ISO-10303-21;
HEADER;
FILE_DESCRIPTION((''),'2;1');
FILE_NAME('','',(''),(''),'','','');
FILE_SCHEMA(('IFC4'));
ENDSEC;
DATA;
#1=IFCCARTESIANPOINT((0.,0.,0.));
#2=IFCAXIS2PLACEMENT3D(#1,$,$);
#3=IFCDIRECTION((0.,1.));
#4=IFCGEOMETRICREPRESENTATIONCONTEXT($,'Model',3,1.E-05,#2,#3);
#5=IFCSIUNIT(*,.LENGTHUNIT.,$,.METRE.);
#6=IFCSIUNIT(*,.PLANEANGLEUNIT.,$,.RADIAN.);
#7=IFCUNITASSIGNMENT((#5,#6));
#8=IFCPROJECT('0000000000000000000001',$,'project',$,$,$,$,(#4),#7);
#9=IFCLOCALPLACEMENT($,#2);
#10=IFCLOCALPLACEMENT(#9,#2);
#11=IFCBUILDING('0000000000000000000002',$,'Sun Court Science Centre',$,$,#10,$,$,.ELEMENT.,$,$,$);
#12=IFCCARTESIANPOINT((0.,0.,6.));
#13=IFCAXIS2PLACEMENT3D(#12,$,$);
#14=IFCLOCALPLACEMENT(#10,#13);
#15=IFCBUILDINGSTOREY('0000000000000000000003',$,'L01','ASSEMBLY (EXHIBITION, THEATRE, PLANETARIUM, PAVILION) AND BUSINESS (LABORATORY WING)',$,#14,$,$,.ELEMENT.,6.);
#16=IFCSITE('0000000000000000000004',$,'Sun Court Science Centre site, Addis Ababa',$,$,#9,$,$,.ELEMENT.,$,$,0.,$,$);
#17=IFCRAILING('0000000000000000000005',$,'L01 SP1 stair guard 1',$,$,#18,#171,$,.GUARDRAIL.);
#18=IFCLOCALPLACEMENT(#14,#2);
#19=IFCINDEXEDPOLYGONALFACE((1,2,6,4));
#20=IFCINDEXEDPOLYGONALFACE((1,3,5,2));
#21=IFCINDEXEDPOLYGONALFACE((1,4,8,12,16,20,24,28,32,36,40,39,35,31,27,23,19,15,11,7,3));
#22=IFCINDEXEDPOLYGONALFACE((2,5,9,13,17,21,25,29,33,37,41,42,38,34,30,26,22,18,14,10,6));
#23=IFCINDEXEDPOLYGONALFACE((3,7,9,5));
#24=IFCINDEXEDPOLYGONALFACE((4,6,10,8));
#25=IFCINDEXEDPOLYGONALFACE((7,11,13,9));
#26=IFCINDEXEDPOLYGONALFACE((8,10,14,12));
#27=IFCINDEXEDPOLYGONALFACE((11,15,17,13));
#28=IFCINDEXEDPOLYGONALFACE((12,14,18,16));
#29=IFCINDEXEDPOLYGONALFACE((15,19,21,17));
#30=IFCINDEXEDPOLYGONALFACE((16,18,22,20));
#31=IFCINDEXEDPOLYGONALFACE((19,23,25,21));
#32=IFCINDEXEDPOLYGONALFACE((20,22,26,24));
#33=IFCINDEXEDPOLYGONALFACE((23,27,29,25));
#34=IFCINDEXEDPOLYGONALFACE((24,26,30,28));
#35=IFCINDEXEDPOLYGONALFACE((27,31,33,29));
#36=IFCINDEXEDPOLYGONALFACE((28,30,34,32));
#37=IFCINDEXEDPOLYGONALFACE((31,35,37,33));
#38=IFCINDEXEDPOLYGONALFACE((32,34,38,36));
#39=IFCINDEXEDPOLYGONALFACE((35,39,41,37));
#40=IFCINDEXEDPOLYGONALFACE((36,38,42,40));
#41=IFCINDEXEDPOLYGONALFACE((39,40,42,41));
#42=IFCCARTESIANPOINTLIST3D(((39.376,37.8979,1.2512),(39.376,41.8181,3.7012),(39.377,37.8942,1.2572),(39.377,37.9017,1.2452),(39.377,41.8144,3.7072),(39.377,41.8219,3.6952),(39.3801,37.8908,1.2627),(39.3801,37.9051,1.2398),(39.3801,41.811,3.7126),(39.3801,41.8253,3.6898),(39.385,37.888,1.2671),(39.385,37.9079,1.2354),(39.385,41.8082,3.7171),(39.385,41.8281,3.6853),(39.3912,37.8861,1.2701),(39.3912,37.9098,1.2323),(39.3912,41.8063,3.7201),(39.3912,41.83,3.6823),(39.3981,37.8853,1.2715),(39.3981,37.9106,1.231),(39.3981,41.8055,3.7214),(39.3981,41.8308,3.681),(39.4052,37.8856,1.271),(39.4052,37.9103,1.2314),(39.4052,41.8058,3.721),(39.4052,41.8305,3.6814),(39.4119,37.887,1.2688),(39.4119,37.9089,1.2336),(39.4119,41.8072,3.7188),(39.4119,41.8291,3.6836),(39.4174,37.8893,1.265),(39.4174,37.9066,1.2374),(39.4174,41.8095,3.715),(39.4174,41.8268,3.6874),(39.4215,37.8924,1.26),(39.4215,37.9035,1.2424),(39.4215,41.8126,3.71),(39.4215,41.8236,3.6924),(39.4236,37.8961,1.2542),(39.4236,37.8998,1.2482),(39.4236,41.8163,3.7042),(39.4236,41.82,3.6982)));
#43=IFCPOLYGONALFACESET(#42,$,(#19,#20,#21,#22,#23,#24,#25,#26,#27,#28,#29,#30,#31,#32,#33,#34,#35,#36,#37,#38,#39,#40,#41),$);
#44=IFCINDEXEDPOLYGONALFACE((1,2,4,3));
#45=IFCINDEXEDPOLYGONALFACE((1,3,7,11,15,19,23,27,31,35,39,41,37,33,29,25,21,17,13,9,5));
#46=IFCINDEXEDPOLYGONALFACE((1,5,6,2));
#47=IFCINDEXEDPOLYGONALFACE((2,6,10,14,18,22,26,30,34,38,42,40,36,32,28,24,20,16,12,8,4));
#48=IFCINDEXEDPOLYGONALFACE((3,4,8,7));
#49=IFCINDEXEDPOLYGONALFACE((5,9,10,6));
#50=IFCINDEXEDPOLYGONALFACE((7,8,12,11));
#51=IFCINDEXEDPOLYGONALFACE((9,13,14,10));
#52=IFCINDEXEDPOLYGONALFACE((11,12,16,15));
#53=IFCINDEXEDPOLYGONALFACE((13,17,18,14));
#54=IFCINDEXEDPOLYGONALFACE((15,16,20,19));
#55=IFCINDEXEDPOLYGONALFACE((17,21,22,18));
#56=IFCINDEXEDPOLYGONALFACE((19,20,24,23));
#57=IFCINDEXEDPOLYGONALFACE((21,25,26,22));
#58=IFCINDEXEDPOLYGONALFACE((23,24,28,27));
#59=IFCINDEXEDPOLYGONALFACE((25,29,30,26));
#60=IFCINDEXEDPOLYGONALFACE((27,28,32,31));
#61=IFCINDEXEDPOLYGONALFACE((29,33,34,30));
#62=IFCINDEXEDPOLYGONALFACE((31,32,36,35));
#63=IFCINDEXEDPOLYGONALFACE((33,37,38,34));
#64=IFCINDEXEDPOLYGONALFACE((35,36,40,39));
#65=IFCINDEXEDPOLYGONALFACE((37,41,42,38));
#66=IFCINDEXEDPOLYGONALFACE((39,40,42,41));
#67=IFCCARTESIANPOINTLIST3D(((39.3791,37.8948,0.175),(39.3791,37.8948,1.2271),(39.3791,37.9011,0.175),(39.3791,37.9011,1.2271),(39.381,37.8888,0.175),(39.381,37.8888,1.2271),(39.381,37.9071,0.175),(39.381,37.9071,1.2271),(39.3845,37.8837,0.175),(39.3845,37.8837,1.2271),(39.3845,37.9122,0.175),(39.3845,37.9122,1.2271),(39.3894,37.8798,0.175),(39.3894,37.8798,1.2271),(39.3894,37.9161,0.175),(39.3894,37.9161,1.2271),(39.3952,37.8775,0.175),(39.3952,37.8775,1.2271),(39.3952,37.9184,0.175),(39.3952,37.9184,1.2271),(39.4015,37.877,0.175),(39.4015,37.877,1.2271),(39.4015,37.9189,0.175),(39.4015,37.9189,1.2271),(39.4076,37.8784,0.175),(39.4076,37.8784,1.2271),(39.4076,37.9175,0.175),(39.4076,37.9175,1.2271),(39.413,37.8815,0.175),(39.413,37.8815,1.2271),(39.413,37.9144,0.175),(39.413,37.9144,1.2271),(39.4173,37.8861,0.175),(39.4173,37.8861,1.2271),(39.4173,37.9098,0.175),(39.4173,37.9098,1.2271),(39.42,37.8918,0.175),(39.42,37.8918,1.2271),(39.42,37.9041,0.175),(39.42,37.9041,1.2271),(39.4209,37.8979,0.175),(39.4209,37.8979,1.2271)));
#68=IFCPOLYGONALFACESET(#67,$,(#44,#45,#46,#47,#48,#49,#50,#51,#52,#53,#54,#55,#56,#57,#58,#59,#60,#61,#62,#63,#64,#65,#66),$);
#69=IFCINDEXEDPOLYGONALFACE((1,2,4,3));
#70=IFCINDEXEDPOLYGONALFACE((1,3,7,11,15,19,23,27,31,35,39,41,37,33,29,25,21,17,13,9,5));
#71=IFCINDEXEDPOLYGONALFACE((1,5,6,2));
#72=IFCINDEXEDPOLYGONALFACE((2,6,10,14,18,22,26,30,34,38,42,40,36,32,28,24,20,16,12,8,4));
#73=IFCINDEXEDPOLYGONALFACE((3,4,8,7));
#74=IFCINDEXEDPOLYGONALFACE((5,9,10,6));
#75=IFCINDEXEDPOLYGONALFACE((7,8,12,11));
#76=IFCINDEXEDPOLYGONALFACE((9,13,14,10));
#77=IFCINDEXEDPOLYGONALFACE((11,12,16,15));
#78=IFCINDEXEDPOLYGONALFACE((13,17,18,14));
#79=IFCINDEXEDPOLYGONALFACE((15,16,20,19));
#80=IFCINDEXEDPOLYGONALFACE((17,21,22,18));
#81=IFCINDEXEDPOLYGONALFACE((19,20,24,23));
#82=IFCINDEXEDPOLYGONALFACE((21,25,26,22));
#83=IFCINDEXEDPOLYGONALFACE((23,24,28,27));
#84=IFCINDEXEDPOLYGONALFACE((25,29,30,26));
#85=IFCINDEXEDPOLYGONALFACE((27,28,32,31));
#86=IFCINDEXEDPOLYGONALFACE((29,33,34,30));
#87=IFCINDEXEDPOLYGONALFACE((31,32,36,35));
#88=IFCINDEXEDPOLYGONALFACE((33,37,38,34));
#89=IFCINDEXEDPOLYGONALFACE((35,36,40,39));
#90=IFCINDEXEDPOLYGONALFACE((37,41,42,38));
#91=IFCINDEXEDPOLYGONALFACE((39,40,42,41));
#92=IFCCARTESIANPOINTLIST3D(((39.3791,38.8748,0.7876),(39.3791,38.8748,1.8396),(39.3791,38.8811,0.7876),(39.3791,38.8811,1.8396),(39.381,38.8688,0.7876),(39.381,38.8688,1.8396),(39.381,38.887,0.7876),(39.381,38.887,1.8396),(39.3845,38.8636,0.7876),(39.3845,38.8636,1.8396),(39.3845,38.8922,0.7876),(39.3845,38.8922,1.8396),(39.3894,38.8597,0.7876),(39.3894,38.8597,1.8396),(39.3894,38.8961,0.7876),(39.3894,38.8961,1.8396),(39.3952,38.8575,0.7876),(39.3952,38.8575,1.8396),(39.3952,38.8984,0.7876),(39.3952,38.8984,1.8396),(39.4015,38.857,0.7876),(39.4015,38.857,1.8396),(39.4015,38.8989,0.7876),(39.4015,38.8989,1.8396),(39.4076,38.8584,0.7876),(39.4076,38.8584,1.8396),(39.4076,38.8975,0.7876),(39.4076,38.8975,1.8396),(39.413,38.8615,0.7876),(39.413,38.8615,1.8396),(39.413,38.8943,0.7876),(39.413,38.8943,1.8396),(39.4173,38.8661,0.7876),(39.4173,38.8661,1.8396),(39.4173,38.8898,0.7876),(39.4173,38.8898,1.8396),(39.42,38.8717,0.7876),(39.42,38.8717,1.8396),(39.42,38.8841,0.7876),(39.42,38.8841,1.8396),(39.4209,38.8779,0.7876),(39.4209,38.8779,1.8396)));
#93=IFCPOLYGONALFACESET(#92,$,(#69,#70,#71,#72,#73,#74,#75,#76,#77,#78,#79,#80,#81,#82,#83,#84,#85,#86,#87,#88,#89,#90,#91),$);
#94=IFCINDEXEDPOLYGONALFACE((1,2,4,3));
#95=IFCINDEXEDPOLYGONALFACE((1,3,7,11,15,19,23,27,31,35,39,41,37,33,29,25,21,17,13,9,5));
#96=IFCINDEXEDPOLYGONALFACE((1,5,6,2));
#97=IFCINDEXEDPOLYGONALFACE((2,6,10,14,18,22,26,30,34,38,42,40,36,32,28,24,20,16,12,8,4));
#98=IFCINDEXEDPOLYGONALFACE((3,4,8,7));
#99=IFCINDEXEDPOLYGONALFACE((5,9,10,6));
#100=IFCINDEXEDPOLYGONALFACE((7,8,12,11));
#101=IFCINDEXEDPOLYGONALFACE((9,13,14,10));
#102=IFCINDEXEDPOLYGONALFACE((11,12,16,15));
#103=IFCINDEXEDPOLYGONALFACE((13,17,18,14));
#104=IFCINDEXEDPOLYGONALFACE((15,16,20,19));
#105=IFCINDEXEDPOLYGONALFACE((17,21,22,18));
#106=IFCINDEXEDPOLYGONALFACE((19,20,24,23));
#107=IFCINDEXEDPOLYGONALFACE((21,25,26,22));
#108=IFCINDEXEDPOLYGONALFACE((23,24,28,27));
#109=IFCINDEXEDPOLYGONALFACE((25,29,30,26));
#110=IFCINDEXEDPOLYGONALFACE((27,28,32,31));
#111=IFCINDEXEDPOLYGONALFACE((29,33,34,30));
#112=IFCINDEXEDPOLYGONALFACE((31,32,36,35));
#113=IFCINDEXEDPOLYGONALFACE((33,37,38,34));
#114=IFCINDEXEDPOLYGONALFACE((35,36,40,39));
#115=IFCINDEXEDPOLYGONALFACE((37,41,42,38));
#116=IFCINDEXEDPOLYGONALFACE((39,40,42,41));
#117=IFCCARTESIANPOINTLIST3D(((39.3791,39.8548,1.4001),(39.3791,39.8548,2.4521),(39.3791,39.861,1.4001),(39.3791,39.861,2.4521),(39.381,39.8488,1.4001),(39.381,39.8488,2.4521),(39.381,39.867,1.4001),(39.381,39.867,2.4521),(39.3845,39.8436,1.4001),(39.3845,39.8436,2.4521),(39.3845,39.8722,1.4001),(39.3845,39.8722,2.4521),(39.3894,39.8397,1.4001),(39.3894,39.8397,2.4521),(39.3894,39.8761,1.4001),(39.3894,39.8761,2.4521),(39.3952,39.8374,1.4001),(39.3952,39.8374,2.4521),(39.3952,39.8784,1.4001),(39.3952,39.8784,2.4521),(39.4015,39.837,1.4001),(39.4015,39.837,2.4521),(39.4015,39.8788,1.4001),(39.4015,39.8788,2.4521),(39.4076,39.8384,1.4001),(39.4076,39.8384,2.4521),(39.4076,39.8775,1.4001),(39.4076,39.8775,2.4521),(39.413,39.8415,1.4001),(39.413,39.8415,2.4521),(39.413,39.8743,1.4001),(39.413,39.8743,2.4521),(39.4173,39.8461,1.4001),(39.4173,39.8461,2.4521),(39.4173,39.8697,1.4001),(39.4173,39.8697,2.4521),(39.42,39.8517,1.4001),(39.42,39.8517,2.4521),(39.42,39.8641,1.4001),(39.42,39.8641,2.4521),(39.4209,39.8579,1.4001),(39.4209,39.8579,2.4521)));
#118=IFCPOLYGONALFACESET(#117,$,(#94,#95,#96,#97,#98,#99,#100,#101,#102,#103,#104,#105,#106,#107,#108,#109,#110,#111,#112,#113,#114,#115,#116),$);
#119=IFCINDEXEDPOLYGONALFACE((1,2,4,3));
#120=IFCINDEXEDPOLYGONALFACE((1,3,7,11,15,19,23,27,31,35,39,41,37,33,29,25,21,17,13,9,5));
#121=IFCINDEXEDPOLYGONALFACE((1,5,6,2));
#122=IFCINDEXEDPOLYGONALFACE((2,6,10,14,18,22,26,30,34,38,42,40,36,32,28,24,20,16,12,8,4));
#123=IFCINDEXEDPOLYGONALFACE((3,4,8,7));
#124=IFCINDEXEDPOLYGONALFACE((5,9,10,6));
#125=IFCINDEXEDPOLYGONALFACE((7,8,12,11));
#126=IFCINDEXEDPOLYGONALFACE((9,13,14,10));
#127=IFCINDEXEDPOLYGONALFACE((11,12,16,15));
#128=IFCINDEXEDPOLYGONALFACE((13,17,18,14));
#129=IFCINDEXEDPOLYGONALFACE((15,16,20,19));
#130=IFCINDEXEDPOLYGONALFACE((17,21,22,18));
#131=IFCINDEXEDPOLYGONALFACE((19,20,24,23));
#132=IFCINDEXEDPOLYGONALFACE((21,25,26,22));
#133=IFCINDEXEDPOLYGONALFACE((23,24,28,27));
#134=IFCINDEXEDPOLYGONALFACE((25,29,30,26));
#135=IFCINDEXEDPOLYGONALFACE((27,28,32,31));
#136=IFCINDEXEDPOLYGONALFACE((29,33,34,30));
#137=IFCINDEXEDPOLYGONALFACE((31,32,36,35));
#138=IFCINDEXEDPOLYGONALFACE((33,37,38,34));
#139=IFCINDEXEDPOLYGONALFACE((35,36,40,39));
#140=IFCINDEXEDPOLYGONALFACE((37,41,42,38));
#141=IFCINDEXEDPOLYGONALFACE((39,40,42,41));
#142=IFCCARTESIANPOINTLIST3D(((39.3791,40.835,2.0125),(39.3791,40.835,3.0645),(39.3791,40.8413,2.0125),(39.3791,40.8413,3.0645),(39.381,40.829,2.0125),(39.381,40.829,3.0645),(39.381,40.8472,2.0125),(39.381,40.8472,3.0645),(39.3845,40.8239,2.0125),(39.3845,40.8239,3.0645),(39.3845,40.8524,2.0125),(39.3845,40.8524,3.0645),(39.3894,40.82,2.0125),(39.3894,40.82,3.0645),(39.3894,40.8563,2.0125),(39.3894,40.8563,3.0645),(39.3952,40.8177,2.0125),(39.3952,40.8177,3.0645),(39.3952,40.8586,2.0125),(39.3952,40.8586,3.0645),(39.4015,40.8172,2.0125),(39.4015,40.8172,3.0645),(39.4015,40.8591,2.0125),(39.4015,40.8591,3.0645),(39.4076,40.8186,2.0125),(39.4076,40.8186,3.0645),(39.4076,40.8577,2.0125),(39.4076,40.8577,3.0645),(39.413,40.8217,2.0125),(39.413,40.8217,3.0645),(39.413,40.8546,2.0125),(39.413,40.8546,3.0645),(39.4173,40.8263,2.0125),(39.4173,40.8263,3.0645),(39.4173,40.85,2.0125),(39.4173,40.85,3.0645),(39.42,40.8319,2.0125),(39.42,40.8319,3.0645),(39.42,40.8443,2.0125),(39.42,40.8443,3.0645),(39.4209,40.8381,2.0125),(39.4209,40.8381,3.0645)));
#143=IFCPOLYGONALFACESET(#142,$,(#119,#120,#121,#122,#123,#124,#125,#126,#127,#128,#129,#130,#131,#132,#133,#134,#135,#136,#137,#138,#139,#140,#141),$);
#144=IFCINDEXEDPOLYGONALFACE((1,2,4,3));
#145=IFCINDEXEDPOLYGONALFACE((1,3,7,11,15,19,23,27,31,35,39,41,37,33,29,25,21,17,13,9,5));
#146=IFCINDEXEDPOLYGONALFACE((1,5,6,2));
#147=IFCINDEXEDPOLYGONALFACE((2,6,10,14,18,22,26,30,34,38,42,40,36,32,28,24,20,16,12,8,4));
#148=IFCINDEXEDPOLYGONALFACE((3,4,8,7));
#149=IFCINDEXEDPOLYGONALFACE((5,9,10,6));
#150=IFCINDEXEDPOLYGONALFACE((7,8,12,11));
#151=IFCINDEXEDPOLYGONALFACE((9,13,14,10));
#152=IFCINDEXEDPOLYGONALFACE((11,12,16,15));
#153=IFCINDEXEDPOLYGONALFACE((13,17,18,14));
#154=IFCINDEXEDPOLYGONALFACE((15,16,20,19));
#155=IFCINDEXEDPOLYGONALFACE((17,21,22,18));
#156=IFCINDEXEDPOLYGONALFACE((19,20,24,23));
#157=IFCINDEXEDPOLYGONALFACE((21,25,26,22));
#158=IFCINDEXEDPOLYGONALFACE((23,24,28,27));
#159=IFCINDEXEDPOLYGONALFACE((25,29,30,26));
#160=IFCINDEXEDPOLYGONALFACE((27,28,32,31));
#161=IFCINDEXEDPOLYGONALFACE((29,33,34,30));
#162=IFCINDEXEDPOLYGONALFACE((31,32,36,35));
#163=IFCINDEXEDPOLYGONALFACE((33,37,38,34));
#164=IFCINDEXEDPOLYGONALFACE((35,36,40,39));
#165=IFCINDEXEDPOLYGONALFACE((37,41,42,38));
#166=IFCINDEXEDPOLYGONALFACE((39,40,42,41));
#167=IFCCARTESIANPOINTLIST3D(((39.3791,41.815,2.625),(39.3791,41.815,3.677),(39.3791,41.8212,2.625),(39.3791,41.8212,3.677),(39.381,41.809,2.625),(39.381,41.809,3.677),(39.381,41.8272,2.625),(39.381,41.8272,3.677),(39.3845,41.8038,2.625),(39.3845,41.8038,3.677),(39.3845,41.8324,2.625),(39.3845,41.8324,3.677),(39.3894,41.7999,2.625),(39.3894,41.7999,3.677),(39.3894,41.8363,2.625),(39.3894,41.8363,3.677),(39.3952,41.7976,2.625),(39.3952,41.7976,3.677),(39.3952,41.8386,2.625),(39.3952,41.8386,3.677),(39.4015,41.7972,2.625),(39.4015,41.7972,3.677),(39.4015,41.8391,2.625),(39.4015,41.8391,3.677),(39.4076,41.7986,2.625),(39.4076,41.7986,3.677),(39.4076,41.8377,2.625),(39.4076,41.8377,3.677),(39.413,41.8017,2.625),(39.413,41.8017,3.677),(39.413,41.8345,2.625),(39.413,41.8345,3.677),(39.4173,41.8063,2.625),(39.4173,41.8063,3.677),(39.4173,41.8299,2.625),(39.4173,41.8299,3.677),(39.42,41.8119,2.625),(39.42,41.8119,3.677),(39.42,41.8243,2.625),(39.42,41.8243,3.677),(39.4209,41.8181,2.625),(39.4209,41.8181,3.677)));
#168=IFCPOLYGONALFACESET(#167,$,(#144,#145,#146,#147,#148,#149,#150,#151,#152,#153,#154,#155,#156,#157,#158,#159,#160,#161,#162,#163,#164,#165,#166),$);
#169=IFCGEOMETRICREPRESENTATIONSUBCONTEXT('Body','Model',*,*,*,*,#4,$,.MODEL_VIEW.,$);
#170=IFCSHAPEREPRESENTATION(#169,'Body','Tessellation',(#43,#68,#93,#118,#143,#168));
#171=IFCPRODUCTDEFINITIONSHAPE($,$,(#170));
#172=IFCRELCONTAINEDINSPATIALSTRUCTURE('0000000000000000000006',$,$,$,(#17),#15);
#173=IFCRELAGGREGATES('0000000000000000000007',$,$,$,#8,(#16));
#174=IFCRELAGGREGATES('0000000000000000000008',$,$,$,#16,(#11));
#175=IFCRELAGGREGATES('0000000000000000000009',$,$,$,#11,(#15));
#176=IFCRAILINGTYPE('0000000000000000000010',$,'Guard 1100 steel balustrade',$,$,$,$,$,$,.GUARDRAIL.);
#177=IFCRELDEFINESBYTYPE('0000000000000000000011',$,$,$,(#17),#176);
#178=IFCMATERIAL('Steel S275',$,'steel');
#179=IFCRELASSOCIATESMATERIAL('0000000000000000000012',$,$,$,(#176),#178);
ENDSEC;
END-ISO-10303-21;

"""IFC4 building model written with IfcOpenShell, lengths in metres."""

from ifc_helpers import new_model, si_unit, direction, frame, origin, origin_2d, place, context, subcontext, project, spatial, circle, extrude, material, type_object, element, save


model = new_model("IFC4")

# Units and contexts
model_context = context("Model", 3, precision=1e-05, world=origin(), true_north=direction((0.0, 1.0)))
body_context = subcontext(model_context, "Body", "Model", "MODEL_VIEW")
ifc_project = project(units=[si_unit("LENGTHUNIT", "METRE"), si_unit("PLANEANGLEUNIT", "RADIAN")], contexts=[model_context])

# Site, building, storey
site_placement = place(None, origin())
site = spatial("IfcSite", under=ifc_project, at=site_placement, Name="Sun Court Science Centre site, Addis Ababa", CompositionType="ELEMENT", RefElevation=0.0)
building_placement = place(site_placement, origin())
building = spatial("IfcBuilding", under=site, at=building_placement, Name="Sun Court Science Centre", CompositionType="ELEMENT")
storey_placement = place(building_placement, frame((0.0, 0.0, 6.0)))
storey = spatial("IfcBuildingStorey", under=building, at=storey_placement, Name="L01", Description="ASSEMBLY (EXHIBITION, THEATRE, PLANETARIUM, PAVILION) AND BUSINESS (LABORATORY WING)", CompositionType="ELEMENT", Elevation=6.0)

# Railing
ifc_material_1 = material(Name="Steel S275", Category="steel")
railing_type_1 = type_object("IfcRailingType", Name="Guard 1100 steel balustrade", PredefinedType="GUARDRAIL", material=ifc_material_1)
railing_1_placement = place(storey_placement, frame((39.3999, 37.8979, 0.175)))
element("IfcRailing", 1, at=railing_1_placement, inside=storey, type_object=railing_type_1, Name="L01 SP1 stair guard 1", PredefinedType="GUARDRAIL", context=body_context, shape_type="SweptSolid", body=[
    extrude(circle(Radius=0.0239, at=origin_2d()), frame((0.0, 0.0, 1.0762), z_axis=(0.0, 0.848013, 0.529975), x_axis=(-1.0, 0.0, 0.0)), (0.0, 0.0, 1.0), 4.6228),
    extrude(circle(Radius=0.021, at=origin_2d()), origin(), (0.0, 0.0, 1.0), 1.052),
    extrude(circle(Radius=0.021, at=origin_2d()), frame((0.0, 0.98, 0.6125)), (0.0, 0.0, 1.0), 1.052),
    extrude(circle(Radius=0.021, at=origin_2d()), frame((0.0, 1.96, 1.2251)), (0.0, 0.0, 1.0), 1.052),
    extrude(circle(Radius=0.021, at=origin_2d()), frame((0.0, 2.9402, 1.8374)), (0.0, 0.0, 1.0), 1.052),
    extrude(circle(Radius=0.021, at=origin_2d()), frame((0.0, 3.9202, 2.45)), (0.0, 0.0, 1.0), 1.052),
])

save(model, "model.ifc")
